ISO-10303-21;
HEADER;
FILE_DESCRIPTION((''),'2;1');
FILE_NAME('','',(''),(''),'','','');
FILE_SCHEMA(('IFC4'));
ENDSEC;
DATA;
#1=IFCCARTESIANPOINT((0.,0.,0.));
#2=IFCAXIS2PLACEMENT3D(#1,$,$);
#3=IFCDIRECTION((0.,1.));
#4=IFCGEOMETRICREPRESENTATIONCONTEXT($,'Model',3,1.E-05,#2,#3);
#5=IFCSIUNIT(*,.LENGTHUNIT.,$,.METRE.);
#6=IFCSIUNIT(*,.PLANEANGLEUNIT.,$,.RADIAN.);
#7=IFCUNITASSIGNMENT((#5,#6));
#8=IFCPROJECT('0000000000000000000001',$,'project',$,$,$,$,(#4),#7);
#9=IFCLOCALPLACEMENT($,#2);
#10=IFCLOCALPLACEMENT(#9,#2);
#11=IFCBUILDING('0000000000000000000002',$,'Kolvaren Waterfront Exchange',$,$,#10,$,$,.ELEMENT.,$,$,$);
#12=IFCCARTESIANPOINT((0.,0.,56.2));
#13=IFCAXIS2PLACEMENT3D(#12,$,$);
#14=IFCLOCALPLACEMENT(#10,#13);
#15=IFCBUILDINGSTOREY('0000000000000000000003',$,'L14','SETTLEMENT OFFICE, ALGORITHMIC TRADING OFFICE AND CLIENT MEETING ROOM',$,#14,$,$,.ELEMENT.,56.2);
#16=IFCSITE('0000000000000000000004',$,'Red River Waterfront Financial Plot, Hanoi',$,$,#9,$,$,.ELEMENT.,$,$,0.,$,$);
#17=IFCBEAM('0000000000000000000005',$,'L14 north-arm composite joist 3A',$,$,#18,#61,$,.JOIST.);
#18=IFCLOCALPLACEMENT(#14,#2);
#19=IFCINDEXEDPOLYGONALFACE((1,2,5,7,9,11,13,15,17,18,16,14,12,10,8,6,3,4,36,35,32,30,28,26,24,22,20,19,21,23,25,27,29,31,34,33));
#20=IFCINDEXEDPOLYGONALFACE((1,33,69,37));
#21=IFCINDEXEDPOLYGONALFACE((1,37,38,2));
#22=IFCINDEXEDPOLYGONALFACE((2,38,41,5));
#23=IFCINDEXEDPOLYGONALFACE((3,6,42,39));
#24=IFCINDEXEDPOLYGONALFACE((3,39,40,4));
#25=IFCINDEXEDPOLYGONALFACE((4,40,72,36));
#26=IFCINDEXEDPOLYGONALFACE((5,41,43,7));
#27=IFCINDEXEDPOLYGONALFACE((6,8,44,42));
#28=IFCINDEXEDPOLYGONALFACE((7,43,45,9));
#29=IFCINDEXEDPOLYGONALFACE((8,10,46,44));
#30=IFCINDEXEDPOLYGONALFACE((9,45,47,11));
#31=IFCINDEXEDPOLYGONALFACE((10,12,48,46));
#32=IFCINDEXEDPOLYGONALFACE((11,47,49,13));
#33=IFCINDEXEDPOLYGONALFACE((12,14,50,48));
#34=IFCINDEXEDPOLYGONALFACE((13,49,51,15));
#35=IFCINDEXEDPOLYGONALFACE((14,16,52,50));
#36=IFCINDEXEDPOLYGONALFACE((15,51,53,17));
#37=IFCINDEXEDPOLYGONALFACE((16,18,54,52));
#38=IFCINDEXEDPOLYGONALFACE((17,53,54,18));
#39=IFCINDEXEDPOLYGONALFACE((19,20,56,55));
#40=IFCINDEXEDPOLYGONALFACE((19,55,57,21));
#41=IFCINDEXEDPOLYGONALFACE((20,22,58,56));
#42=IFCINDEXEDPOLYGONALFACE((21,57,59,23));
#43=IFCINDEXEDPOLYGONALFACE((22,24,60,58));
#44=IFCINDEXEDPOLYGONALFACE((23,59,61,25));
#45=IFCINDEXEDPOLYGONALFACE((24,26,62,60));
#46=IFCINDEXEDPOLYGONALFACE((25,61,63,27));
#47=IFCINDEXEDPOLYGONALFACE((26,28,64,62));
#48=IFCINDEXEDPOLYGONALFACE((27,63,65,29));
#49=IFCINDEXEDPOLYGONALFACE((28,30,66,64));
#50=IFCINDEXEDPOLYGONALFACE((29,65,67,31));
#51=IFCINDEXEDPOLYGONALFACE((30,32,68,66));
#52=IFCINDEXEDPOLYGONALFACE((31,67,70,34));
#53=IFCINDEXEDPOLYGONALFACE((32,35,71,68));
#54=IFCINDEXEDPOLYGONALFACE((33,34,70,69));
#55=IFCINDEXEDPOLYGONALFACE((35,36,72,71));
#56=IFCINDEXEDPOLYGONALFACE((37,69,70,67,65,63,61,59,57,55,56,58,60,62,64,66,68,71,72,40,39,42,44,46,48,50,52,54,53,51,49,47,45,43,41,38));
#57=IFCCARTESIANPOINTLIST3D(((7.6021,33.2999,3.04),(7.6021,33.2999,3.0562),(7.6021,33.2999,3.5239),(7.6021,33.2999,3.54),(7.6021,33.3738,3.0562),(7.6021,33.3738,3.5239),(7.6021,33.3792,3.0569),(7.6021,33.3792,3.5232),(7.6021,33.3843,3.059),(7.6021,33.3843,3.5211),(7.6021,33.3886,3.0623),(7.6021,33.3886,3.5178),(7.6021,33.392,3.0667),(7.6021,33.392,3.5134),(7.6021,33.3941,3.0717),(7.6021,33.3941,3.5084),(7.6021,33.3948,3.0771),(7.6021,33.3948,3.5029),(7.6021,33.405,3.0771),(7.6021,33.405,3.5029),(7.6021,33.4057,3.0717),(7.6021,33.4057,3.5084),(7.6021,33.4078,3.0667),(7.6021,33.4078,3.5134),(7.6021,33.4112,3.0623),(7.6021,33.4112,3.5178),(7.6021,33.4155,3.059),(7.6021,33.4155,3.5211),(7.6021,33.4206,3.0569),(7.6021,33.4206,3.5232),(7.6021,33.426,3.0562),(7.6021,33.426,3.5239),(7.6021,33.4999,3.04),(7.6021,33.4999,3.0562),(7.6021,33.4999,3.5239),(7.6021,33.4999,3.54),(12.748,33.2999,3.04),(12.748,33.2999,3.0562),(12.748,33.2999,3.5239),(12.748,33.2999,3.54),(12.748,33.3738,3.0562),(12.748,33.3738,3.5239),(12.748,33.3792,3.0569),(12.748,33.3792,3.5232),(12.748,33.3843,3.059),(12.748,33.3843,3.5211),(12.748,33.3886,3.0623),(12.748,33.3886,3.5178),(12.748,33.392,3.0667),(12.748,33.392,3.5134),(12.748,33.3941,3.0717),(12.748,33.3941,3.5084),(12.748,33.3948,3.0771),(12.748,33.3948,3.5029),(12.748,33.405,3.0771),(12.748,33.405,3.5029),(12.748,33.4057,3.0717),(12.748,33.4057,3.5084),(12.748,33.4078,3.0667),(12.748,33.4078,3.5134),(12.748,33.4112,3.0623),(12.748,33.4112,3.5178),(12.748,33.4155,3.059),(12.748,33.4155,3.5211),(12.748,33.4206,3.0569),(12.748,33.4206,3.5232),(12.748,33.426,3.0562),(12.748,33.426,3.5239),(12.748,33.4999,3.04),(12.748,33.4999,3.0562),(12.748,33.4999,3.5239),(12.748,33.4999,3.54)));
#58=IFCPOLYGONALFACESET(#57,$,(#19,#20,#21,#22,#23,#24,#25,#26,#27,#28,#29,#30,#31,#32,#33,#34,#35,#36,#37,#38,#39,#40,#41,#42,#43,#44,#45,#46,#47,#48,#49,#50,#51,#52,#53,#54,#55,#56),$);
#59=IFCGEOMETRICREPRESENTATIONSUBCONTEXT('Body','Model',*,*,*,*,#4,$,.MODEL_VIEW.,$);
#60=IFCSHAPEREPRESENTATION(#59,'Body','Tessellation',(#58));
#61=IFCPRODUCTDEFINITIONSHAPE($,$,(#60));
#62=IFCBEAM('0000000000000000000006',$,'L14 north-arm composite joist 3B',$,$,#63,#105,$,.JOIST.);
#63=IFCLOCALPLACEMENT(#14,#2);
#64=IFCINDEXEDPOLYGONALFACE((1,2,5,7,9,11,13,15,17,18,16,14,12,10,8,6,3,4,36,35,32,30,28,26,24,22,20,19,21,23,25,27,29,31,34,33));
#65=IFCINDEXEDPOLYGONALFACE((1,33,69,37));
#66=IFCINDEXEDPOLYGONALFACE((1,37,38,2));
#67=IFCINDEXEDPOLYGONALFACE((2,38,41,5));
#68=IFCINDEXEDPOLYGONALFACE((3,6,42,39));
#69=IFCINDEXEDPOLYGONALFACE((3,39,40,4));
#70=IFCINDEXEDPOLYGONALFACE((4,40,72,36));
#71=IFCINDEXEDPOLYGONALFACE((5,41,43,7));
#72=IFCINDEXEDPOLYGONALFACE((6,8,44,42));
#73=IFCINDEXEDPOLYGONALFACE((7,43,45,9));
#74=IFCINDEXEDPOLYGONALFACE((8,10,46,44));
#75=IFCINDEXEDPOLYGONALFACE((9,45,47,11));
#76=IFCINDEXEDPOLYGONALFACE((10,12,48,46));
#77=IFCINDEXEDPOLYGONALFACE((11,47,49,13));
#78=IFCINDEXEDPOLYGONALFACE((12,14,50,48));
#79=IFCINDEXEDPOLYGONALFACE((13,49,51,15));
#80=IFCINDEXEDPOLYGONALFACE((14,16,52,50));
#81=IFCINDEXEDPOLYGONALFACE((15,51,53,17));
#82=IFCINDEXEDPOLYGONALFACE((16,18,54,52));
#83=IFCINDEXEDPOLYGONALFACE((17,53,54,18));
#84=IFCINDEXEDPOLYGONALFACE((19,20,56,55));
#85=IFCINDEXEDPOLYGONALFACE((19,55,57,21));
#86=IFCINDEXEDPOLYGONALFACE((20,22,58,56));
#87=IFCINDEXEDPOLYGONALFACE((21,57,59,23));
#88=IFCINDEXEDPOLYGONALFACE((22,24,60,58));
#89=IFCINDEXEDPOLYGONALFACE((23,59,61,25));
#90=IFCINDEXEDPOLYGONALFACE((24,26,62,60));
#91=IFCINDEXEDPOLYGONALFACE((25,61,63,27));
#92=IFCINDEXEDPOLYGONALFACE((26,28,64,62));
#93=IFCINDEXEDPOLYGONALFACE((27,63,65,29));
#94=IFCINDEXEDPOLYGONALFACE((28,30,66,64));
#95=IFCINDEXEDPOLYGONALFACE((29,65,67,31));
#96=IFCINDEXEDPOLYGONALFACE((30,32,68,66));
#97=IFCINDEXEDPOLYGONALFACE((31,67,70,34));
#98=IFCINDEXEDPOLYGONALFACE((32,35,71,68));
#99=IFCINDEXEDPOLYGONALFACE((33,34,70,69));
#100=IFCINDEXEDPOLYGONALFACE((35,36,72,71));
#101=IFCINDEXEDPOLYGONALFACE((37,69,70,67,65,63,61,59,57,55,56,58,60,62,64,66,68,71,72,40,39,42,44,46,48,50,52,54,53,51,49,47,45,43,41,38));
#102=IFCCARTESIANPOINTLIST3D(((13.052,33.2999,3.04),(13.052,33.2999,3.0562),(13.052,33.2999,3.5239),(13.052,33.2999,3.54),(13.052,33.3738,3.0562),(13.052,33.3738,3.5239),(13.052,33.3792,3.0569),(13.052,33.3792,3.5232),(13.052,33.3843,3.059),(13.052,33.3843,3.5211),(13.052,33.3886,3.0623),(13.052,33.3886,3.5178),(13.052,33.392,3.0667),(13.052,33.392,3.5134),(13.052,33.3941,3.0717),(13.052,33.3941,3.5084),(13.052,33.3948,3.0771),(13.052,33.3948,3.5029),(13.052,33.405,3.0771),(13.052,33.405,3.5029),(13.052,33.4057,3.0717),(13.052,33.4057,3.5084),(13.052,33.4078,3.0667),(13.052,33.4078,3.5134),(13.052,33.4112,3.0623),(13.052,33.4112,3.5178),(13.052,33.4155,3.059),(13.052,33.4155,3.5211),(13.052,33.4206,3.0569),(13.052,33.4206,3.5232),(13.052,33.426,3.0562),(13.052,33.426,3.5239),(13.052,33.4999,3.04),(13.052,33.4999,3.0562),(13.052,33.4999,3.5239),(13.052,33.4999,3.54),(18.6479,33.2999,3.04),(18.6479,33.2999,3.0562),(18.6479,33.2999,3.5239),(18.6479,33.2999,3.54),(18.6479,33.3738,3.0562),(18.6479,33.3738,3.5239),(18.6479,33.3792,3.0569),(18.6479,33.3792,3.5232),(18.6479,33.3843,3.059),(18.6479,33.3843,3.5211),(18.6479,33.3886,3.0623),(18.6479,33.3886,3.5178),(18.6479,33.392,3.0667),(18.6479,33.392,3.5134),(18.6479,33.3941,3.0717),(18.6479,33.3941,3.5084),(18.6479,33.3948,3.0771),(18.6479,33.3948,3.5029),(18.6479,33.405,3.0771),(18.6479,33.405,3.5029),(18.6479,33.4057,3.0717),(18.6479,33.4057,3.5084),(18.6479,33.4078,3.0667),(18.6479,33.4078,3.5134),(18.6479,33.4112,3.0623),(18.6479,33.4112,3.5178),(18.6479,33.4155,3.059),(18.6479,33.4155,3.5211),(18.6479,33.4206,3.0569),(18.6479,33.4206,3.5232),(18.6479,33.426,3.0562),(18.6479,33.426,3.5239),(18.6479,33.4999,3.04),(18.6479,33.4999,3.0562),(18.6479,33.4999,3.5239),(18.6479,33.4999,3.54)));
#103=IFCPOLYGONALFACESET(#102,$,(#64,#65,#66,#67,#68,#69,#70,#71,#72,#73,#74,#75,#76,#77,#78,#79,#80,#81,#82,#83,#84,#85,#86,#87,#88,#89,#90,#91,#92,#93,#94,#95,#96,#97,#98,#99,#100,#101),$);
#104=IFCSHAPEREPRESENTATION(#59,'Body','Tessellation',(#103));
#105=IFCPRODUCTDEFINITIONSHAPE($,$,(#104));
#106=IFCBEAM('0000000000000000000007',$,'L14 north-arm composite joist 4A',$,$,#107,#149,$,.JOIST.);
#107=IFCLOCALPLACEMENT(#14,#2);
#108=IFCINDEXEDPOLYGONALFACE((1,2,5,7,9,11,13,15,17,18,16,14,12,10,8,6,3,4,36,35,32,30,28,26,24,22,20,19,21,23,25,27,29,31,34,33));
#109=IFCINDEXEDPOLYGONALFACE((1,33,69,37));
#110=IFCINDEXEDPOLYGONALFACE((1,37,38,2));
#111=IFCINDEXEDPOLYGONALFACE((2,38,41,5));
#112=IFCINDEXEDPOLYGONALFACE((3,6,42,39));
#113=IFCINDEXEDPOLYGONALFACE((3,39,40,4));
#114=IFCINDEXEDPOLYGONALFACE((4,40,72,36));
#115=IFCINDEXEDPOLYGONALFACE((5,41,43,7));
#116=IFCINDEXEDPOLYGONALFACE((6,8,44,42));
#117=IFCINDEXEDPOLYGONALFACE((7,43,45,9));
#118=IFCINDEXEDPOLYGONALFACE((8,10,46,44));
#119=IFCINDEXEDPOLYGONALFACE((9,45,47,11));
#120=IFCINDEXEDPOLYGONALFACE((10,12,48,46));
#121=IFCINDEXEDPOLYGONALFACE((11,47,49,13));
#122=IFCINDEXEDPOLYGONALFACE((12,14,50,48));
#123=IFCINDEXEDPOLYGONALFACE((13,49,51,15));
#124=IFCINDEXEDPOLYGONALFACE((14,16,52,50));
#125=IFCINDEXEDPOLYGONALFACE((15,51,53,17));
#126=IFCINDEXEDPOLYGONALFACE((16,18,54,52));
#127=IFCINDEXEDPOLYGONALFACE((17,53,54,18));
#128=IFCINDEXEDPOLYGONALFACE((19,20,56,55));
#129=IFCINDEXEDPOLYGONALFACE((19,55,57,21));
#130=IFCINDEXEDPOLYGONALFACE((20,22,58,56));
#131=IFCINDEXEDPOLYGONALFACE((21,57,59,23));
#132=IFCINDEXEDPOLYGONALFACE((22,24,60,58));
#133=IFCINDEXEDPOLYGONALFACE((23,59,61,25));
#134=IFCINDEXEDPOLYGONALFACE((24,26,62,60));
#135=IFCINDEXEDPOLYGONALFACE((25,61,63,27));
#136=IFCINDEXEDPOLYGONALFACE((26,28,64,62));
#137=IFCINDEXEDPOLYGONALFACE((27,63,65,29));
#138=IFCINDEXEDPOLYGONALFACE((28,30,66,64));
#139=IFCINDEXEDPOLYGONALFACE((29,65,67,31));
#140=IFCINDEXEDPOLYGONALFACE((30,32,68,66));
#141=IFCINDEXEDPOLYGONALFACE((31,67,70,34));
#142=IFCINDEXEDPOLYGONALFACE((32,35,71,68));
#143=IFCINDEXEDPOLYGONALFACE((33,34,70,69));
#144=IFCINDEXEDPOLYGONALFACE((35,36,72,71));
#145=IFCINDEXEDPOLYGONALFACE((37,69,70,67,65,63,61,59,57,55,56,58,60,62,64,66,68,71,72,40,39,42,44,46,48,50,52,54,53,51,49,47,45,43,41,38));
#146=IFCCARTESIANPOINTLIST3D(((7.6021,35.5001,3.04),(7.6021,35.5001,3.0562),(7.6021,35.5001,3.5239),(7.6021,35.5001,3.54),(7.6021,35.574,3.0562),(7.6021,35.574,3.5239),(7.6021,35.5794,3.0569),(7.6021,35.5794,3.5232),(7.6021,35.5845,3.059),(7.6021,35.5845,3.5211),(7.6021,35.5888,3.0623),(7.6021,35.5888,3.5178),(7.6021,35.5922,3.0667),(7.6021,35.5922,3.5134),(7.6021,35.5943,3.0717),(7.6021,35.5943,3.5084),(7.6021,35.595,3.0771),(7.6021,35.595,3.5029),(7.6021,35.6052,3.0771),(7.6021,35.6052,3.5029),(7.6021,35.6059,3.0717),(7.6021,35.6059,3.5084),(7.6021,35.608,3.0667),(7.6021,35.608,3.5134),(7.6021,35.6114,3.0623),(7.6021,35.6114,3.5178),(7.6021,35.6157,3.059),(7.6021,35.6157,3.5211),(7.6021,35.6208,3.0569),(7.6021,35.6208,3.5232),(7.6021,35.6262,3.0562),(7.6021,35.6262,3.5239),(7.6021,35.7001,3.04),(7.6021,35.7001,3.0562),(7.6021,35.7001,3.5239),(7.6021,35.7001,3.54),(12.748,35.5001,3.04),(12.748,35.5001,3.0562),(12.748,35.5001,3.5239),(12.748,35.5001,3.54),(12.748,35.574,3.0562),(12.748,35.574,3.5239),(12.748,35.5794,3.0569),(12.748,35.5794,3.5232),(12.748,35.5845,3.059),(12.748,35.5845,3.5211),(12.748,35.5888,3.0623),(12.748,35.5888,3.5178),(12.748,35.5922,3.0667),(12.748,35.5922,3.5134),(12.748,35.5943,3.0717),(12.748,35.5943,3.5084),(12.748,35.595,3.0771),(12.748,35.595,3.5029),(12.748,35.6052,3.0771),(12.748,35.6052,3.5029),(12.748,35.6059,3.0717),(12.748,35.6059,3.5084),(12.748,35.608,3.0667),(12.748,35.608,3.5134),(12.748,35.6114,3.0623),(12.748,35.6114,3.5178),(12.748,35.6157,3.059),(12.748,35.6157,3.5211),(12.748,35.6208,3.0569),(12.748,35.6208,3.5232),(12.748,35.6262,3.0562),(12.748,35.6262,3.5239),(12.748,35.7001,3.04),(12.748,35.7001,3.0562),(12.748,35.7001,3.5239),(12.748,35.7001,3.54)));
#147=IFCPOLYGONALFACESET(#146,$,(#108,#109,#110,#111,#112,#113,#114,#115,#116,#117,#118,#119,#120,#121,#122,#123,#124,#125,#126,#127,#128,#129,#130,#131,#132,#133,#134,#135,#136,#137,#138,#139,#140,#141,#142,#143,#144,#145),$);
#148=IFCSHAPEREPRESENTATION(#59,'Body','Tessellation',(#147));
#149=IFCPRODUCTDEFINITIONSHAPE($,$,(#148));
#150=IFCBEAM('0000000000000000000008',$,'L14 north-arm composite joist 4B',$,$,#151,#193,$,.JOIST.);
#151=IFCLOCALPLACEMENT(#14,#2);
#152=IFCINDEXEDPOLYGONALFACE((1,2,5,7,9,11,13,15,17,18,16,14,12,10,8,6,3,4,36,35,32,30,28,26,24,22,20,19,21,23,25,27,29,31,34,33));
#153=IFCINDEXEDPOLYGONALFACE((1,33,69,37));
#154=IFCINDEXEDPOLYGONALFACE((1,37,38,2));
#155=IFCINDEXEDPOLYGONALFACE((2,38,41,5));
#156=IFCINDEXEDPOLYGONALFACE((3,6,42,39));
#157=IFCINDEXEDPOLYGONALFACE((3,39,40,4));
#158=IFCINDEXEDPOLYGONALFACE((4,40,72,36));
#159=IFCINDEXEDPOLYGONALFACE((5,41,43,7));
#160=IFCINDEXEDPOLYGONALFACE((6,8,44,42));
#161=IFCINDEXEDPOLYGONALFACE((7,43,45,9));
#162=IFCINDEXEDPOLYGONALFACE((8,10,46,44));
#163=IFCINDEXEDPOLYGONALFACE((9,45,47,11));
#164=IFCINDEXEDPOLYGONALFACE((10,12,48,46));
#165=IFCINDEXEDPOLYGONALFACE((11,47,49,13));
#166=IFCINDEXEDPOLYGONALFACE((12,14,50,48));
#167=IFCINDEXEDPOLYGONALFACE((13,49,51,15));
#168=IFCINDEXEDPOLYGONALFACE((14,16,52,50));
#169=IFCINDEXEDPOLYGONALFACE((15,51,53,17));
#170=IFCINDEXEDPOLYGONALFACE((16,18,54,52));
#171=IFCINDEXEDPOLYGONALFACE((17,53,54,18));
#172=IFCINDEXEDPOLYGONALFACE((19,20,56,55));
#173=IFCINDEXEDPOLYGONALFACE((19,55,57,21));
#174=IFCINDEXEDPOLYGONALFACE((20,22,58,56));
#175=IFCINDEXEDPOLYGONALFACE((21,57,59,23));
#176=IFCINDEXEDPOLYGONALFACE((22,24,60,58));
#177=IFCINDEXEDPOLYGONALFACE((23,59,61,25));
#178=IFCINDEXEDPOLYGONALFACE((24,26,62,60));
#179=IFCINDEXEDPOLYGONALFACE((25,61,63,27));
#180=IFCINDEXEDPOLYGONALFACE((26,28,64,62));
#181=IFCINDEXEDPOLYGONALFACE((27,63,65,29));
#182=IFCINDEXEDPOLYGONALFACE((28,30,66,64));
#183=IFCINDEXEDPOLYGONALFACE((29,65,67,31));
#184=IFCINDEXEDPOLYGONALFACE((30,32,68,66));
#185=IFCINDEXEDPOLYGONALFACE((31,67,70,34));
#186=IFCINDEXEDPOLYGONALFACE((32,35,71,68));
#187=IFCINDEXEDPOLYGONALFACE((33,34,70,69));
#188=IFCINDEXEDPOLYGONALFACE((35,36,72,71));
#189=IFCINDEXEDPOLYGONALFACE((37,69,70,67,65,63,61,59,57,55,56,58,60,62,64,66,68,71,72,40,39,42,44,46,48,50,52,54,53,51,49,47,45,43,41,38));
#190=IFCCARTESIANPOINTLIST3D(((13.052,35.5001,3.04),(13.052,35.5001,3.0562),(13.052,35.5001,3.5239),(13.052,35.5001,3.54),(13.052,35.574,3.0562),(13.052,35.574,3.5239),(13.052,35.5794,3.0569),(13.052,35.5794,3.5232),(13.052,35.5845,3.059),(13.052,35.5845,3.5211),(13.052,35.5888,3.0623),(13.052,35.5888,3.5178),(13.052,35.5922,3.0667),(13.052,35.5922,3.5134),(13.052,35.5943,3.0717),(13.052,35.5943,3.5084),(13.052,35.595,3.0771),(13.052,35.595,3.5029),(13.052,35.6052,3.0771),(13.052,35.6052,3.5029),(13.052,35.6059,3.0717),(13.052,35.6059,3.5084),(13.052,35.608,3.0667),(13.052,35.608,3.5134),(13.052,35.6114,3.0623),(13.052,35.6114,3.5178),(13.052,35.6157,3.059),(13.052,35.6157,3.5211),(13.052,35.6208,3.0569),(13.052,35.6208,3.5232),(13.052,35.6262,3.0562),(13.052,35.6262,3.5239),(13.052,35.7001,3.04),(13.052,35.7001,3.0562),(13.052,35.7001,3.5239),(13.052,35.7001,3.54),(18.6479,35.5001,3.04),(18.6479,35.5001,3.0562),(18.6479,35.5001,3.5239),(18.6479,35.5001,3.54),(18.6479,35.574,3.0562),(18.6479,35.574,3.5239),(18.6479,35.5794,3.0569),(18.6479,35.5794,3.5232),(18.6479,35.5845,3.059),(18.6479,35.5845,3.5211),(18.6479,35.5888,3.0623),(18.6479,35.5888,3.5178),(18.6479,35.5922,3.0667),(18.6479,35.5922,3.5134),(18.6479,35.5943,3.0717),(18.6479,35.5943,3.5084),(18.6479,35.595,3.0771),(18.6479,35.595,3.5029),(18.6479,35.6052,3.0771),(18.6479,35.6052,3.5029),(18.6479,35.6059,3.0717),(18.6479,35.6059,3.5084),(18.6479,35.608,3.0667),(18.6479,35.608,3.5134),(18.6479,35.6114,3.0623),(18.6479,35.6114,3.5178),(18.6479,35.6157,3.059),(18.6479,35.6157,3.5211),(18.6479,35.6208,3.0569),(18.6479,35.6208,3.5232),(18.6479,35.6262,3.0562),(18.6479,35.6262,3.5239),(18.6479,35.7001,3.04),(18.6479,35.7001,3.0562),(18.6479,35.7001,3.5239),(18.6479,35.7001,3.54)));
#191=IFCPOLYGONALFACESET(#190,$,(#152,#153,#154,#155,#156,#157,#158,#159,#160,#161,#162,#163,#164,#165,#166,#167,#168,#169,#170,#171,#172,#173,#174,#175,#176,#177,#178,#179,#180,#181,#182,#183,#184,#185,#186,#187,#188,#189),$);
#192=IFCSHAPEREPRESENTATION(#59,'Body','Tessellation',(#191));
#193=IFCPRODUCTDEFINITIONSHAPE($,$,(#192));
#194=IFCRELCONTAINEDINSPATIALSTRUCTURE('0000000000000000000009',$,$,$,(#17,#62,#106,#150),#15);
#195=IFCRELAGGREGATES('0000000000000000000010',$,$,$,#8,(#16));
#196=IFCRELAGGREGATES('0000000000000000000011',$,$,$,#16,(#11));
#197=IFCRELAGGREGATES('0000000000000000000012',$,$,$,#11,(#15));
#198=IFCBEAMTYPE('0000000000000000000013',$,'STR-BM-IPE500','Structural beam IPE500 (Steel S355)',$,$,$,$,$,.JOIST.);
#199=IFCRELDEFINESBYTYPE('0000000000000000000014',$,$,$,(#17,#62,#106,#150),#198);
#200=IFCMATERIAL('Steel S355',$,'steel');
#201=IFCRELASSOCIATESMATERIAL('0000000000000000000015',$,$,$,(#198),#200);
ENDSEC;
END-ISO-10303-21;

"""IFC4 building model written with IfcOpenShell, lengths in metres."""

from ifc_helpers import new_model, si_unit, direction, frame, origin, origin_2d, place, context, subcontext, project, spatial, i_section, extrude, material, material_profile, profile_set, type_object, element, save


model = new_model("IFC4")

# Units and contexts
model_context = context("Model", 3, precision=1e-05, world=origin(), true_north=direction((0.0, 1.0)))
body_context = subcontext(model_context, "Body", "Model", "MODEL_VIEW")
ifc_project = project(units=[si_unit("LENGTHUNIT", "METRE"), si_unit("PLANEANGLEUNIT", "RADIAN")], contexts=[model_context])

# Site, building, storey
site_placement = place(None, origin())
site = spatial("IfcSite", under=ifc_project, at=site_placement, Name="Red River Waterfront Financial Plot, Hanoi", CompositionType="ELEMENT", RefElevation=0.0)
building_placement = place(site_placement, origin())
building = spatial("IfcBuilding", under=site, at=building_placement, Name="Kolvaren Waterfront Exchange", CompositionType="ELEMENT")
storey_placement = place(building_placement, frame((0.0, 0.0, 56.2)))
storey = spatial("IfcBuildingStorey", under=building, at=storey_placement, Name="L14", Description="SETTLEMENT OFFICE, ALGORITHMIC TRADING OFFICE AND CLIENT MEETING ROOM", CompositionType="ELEMENT", Elevation=56.2)

# Beams
ifc_material_1 = material(Name="Steel S355", Category="steel")
ifc_material_profile_1 = material_profile(ifc_material_1, i_section(OverallWidth=0.2, OverallDepth=0.5, WebThickness=0.0103, FlangeThickness=0.0161, FilletRadius=0.021, at=origin_2d()), Name="IPE500")
ifc_profile_set_1 = profile_set([ifc_material_profile_1], Name="Steel S355")
beam_type_1 = type_object("IfcBeamType", Name="STR-BM-IPE500", Description="Structural beam IPE500 (Steel S355)", PredefinedType="JOIST", material=ifc_profile_set_1)
beam_1_placement = place(storey_placement, frame((7.6021, 33.3999, 3.29), z_axis=(1.0, 0.0, 0.0), x_axis=(0.0, 1.0, 0.0)))
element("IfcBeam", 1, at=beam_1_placement, inside=storey, type_object=beam_type_1, Name="L14 north-arm composite joist 3A", PredefinedType="JOIST", context=body_context, shape_type="SweptSolid", body=[
    extrude(i_section(OverallWidth=0.2, OverallDepth=0.5, WebThickness=0.0103, FlangeThickness=0.0161, FilletRadius=0.021, at=origin_2d()), origin(), (0.0, 0.0, 1.0), 5.146),
])
beam_2_placement = place(storey_placement, frame((13.052, 33.3999, 3.29), z_axis=(1.0, 0.0, 0.0), x_axis=(0.0, 1.0, 0.0)))
element("IfcBeam", 2, at=beam_2_placement, inside=storey, type_object=beam_type_1, Name="L14 north-arm composite joist 3B", PredefinedType="JOIST", context=body_context, shape_type="SweptSolid", body=[
    extrude(i_section(OverallWidth=0.2, OverallDepth=0.5, WebThickness=0.0103, FlangeThickness=0.0161, FilletRadius=0.021, at=origin_2d()), origin(), (0.0, 0.0, 1.0), 5.5959),
])
beam_3_placement = place(storey_placement, frame((7.6021, 35.6001, 3.29), z_axis=(1.0, 0.0, 0.0), x_axis=(0.0, 1.0, 0.0)))
element("IfcBeam", 3, at=beam_3_placement, inside=storey, type_object=beam_type_1, Name="L14 north-arm composite joist 4A", PredefinedType="JOIST", context=body_context, shape_type="SweptSolid", body=[
    extrude(i_section(OverallWidth=0.2, OverallDepth=0.5, WebThickness=0.0103, FlangeThickness=0.0161, FilletRadius=0.021, at=origin_2d()), origin(), (0.0, 0.0, 1.0), 5.146),
])
beam_4_placement = place(storey_placement, frame((13.052, 35.6001, 3.29), z_axis=(1.0, 0.0, 0.0), x_axis=(0.0, 1.0, 0.0)))
element("IfcBeam", 4, at=beam_4_placement, inside=storey, type_object=beam_type_1, Name="L14 north-arm composite joist 4B", PredefinedType="JOIST", context=body_context, shape_type="SweptSolid", body=[
    extrude(i_section(OverallWidth=0.2, OverallDepth=0.5, WebThickness=0.0103, FlangeThickness=0.0161, FilletRadius=0.021, at=origin_2d()), origin(), (0.0, 0.0, 1.0), 5.5959),
])

save(model, "model.ifc")
